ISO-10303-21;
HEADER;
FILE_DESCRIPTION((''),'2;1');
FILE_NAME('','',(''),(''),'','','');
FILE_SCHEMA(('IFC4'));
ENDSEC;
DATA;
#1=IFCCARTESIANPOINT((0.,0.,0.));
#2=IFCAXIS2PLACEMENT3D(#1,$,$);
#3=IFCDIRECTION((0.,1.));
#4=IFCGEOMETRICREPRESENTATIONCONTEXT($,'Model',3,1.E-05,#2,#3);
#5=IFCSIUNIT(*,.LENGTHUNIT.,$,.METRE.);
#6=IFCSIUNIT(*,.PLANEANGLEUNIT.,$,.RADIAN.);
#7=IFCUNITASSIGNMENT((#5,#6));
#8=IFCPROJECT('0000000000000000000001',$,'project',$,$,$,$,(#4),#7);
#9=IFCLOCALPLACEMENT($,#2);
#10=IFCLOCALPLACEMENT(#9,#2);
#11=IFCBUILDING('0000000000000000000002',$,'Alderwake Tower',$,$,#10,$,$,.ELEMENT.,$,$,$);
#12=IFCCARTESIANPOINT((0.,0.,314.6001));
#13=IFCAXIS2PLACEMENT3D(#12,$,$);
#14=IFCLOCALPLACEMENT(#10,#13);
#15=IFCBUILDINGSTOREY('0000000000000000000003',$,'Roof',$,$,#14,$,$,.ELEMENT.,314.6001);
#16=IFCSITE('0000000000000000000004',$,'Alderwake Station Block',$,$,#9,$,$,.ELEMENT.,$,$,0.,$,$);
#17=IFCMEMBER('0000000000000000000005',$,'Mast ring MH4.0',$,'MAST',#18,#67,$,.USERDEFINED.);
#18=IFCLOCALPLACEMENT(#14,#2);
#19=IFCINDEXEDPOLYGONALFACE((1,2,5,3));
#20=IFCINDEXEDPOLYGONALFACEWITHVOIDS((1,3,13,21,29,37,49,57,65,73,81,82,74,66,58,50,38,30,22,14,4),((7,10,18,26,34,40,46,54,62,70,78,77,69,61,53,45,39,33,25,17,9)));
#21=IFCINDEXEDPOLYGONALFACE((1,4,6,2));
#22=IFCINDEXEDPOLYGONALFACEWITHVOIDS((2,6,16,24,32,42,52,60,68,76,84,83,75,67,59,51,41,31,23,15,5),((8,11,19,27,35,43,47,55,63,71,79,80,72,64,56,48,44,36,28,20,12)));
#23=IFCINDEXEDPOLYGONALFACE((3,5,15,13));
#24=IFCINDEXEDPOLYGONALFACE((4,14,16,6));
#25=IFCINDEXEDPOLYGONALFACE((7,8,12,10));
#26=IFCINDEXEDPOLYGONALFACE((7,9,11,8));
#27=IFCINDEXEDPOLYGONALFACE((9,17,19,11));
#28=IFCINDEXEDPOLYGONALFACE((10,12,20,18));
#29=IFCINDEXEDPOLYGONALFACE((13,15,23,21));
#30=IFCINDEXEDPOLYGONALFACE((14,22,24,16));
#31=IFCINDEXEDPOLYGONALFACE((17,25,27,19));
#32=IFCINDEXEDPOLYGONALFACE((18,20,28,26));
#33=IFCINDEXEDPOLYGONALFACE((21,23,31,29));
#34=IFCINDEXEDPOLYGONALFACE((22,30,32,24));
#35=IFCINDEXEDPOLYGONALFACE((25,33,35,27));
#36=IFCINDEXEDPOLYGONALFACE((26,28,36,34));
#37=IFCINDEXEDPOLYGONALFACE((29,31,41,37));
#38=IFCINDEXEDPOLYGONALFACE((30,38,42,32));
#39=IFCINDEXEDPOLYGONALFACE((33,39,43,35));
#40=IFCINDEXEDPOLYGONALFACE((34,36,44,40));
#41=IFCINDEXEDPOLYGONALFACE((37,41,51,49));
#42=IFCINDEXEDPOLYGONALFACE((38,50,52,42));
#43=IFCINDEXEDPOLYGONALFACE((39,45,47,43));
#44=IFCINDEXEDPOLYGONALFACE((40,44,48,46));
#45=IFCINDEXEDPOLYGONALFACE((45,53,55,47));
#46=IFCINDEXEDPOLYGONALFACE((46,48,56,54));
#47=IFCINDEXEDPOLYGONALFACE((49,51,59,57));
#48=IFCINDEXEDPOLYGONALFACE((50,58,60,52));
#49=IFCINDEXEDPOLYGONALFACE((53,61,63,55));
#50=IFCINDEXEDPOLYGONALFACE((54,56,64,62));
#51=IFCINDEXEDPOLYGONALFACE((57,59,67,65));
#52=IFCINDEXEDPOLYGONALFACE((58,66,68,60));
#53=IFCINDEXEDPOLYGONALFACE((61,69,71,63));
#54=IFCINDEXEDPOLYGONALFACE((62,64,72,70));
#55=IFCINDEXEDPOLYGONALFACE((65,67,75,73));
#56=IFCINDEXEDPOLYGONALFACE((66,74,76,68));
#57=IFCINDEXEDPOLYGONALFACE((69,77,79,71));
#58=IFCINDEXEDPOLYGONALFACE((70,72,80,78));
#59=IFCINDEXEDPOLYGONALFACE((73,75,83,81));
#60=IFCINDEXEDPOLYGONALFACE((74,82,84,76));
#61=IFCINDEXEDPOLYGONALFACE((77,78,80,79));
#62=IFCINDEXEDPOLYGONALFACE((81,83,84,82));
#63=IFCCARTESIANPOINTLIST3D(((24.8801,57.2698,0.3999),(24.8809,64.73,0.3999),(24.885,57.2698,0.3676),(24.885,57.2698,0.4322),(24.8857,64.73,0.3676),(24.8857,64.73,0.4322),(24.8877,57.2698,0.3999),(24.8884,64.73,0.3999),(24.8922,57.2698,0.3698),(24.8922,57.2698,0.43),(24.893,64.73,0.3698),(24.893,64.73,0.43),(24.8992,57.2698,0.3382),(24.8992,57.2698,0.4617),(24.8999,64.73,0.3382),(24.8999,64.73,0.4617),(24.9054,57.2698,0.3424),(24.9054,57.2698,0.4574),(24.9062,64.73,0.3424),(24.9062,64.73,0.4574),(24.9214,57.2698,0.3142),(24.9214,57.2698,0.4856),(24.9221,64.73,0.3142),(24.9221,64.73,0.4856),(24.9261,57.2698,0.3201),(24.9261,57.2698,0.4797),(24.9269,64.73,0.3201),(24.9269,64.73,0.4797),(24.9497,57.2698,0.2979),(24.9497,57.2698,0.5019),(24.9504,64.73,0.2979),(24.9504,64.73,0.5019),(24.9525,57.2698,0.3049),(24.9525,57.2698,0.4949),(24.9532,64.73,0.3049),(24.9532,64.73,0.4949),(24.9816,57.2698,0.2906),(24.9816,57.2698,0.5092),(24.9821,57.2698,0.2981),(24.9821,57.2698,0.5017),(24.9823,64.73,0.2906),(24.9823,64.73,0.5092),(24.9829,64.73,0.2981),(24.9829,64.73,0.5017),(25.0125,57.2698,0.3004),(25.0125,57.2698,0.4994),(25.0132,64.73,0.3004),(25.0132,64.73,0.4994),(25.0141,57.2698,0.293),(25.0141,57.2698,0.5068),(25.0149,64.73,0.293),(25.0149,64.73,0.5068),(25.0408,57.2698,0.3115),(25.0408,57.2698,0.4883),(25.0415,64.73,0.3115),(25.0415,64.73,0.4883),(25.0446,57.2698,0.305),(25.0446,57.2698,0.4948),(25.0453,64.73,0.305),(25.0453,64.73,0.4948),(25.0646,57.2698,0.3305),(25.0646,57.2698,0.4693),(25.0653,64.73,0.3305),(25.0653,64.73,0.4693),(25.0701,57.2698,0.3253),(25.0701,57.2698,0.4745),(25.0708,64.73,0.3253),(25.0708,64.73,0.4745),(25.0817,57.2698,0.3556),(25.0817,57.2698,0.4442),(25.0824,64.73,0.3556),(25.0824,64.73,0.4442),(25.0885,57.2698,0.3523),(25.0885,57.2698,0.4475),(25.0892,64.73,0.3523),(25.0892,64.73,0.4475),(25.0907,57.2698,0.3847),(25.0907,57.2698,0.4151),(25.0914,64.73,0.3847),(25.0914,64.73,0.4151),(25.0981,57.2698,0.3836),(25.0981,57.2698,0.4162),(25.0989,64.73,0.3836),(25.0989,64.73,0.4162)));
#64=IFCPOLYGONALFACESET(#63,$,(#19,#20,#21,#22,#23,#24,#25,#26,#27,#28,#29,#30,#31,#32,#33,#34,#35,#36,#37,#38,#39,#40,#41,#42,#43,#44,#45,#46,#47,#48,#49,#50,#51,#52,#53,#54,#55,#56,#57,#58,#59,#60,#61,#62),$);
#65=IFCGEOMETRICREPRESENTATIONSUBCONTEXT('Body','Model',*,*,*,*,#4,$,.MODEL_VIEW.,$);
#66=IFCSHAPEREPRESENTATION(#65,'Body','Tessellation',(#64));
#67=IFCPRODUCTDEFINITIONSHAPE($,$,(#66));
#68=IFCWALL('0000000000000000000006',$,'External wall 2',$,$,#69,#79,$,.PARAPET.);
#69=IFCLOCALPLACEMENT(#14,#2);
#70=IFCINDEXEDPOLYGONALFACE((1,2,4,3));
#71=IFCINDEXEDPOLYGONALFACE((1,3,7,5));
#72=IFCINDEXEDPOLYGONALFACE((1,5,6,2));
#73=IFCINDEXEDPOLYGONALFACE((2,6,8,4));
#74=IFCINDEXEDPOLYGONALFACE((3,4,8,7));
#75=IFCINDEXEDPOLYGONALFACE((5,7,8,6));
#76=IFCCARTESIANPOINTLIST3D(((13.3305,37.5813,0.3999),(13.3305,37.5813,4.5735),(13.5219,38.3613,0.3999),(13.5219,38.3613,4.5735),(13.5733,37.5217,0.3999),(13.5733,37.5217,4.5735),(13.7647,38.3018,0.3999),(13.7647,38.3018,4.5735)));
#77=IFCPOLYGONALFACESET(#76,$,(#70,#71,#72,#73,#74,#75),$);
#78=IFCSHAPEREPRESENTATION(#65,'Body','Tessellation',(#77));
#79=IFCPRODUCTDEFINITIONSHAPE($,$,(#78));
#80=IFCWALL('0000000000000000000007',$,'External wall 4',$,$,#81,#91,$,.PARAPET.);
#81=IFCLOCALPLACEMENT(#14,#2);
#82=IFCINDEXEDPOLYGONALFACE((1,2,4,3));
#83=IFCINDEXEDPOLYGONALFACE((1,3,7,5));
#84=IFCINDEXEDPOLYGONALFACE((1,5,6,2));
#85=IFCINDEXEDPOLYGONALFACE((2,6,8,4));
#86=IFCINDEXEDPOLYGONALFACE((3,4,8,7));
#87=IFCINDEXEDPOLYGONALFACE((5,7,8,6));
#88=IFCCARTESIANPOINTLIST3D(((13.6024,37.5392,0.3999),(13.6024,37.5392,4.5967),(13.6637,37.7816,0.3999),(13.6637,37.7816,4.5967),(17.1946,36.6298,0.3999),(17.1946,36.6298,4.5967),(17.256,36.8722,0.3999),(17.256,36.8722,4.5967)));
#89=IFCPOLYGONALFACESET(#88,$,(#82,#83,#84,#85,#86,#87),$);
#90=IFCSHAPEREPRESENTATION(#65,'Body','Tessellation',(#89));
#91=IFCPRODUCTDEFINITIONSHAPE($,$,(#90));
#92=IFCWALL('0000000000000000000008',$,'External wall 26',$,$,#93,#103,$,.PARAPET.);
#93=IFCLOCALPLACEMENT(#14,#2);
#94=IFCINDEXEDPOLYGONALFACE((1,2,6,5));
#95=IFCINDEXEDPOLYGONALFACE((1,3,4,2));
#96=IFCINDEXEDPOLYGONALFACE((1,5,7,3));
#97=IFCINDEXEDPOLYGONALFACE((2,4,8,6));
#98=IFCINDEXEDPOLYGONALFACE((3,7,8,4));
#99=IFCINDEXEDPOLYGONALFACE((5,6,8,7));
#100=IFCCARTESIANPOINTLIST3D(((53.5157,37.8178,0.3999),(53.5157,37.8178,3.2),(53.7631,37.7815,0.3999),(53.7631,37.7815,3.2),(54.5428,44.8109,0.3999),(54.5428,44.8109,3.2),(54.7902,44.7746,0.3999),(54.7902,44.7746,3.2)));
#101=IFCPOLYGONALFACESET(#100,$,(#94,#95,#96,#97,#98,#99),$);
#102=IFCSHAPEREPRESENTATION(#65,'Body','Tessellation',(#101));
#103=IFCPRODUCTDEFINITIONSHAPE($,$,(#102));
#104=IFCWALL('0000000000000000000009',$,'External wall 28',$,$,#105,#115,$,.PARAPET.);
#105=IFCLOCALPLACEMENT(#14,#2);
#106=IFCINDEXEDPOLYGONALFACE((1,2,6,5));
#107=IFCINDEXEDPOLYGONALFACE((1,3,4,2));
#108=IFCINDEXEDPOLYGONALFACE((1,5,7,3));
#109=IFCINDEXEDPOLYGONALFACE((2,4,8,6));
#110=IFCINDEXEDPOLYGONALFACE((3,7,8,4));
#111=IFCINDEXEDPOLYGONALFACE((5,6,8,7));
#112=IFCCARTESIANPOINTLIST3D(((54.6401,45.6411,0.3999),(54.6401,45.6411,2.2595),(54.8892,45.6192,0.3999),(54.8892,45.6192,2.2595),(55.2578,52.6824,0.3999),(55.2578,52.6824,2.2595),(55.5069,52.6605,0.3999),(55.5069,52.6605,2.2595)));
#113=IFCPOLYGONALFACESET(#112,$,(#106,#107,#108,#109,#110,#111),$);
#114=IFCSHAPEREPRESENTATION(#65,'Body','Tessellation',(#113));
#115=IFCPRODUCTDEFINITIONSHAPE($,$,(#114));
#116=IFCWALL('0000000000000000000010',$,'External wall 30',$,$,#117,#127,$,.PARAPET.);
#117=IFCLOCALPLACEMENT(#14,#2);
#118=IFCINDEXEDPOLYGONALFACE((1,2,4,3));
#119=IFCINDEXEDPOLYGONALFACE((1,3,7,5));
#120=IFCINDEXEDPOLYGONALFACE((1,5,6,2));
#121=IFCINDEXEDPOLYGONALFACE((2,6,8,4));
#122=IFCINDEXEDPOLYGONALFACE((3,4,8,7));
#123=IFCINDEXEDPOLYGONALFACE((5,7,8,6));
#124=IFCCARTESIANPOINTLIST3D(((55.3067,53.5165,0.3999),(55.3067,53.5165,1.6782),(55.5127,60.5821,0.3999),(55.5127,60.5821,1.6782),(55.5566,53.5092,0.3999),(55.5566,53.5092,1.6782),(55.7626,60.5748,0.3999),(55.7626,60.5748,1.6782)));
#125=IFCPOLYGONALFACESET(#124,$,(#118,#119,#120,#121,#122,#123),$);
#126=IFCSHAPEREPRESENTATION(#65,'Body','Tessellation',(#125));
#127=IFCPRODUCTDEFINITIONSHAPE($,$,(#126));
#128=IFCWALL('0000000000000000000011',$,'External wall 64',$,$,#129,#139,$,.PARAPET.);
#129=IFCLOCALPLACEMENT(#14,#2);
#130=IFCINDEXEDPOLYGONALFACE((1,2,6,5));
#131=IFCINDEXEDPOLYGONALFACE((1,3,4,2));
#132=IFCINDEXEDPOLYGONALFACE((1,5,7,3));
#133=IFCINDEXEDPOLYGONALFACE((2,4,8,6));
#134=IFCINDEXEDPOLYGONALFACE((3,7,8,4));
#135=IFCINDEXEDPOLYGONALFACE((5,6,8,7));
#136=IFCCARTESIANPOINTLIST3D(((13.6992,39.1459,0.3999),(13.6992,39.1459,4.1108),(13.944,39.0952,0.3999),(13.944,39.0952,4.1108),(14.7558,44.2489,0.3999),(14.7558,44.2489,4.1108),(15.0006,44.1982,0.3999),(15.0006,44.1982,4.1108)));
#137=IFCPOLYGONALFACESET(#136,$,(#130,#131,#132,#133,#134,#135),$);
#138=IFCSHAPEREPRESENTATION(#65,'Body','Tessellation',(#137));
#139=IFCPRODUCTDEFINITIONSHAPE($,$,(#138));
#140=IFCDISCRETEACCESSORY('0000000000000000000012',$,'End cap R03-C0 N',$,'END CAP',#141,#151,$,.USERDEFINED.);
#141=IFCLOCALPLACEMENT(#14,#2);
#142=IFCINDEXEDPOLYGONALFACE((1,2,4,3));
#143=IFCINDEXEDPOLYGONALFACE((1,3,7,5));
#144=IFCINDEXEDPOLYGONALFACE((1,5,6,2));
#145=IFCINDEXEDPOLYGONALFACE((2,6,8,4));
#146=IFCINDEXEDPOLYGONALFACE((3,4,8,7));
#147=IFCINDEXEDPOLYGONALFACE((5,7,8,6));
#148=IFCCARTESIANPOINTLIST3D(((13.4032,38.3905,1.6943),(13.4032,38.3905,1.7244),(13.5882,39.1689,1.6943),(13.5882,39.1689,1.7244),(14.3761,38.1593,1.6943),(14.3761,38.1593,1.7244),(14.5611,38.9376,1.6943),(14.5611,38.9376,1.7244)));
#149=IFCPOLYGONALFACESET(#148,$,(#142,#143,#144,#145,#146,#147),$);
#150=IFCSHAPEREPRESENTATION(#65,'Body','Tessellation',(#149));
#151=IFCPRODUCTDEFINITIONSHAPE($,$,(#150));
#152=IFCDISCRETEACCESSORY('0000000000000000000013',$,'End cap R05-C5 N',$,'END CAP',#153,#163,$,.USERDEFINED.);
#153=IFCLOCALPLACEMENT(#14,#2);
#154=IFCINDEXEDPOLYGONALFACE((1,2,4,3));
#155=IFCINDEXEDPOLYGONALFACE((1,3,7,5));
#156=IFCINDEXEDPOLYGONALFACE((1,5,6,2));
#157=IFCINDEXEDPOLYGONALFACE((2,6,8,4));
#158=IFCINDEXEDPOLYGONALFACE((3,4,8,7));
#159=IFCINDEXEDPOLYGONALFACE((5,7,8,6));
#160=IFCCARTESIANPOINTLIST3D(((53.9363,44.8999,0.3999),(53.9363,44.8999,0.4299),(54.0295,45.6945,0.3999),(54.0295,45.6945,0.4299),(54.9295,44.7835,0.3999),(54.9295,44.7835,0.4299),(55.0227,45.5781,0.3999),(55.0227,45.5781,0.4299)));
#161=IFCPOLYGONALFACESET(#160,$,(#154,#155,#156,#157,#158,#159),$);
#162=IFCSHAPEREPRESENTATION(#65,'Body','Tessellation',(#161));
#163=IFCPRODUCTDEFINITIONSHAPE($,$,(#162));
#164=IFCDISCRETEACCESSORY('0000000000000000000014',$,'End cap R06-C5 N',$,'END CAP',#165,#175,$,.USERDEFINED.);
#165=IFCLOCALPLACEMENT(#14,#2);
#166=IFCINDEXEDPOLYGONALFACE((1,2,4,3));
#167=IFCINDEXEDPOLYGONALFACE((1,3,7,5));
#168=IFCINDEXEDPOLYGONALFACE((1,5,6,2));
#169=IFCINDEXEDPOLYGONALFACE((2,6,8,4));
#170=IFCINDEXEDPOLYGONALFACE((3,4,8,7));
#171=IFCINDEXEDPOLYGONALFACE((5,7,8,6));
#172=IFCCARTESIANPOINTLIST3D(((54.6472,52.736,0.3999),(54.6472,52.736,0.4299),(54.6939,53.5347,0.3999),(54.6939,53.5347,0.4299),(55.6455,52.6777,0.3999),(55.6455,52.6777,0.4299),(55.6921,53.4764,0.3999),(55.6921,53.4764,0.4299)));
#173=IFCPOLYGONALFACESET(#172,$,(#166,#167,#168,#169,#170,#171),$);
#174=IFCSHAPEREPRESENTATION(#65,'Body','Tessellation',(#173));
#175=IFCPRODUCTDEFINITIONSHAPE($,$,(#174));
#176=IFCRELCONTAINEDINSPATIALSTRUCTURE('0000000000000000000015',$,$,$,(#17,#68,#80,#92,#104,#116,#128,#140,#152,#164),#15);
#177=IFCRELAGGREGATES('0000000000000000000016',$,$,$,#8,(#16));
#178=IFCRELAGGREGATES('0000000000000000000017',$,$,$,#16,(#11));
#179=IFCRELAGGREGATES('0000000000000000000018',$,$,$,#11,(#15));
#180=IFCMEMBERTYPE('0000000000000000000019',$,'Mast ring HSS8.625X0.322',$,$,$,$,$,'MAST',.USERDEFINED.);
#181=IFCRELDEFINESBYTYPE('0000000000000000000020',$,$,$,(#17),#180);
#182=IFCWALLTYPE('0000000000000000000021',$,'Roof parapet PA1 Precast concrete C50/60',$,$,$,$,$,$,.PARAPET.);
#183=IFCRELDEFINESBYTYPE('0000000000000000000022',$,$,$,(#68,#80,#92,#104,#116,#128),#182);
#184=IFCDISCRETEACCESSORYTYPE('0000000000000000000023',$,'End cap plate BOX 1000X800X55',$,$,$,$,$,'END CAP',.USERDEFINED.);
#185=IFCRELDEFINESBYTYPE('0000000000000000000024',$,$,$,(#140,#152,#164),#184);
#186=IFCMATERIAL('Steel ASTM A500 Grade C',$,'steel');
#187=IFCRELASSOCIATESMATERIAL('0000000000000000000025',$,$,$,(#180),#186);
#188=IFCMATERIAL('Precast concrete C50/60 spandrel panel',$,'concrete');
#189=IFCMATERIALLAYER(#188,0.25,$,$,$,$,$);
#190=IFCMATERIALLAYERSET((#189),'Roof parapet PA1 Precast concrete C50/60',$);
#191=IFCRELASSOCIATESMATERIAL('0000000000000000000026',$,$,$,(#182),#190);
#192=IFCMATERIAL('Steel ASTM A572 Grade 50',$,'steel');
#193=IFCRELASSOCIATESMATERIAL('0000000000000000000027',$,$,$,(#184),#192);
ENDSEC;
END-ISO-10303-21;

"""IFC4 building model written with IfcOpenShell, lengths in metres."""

from ifc_helpers import new_model, si_unit, direction, frame, frame_2d, origin, origin_2d, place, context, subcontext, project, spatial, rectangle, hollow_circle, extrude, material, layer, layer_set, material_profile, profile_set, type_object, element, save


model = new_model("IFC4")

# Units and contexts
model_context = context("Model", 3, precision=1e-05, world=origin(), true_north=direction((0.0, 1.0)))
body_context = subcontext(model_context, "Body", "Model", "MODEL_VIEW")
ifc_project = project(units=[si_unit("LENGTHUNIT", "METRE"), si_unit("PLANEANGLEUNIT", "RADIAN")], contexts=[model_context])

# Site, building, storey
site_placement = place(None, origin())
site = spatial("IfcSite", under=ifc_project, at=site_placement, Name="Alderwake Station Block", CompositionType="ELEMENT", RefElevation=0.0)
building_placement = place(site_placement, origin())
building = spatial("IfcBuilding", under=site, at=building_placement, Name="Alderwake Tower", CompositionType="ELEMENT")
storey_placement = place(building_placement, frame((0.0, 0.0, 314.6001)))
storey = spatial("IfcBuildingStorey", under=building, at=storey_placement, Name="Roof", CompositionType="ELEMENT", Elevation=314.6001)

# Member
ifc_material_1 = material(Name="Steel ASTM A500 Grade C", Category="steel")
ifc_material_profile_1 = material_profile(ifc_material_1, hollow_circle(Radius=0.1096, WallThickness=0.0076, at=origin_2d()), Name="HSS8.625X0.322")
ifc_profile_set_1 = profile_set([ifc_material_profile_1], Name="Steel ASTM A500 Grade C")
member_type_1 = type_object("IfcMemberType", Name="Mast ring HSS8.625X0.322", ElementType="MAST", PredefinedType="USERDEFINED", material=ifc_profile_set_1)
member_1_placement = place(storey_placement, frame((24.9897, 57.2698, 0.3999), z_axis=(0.000098, 1.0, 0.0), x_axis=(-1.0, 0.000098, 0.0)))
element("IfcMember", 1, at=member_1_placement, inside=storey, type_object=member_type_1, Name="Mast ring MH4.0", ObjectType="MAST", PredefinedType="USERDEFINED", context=body_context, shape_type="SweptSolid", body=[
    extrude(hollow_circle(Radius=0.1096, WallThickness=0.0076, at=origin_2d()), origin(), (0.0, 0.0, 1.0), 7.4602),
])

# Walls
ifc_material_2 = material(Name="Precast concrete C50/60 spandrel panel", Category="concrete")
ifc_layer = layer(ifc_material_2, 0.25)
ifc_layer_set = layer_set([ifc_layer], Name="Roof parapet PA1 Precast concrete C50/60")
wall_type = type_object("IfcWallType", Name="Roof parapet PA1 Precast concrete C50/60", PredefinedType="PARAPET", material=ifc_layer_set)
wall_1_placement = place(storey_placement, frame((13.6433, 38.3315, 0.3999), z_axis=(0.0, 0.0, 1.0), x_axis=(-0.238313, -0.971188, 0.0)))
element("IfcWall", 2, at=wall_1_placement, inside=storey, type_object=wall_type, Name="External wall 2", PredefinedType="PARAPET", context=body_context, shape_type="SweptSolid", body=[
    extrude(rectangle(XDim=0.8032, YDim=0.25, at=frame_2d((0.4016, 0.0))), origin(), (0.0, 0.0, 1.0), 4.1736),
])
wall_2_placement = place(storey_placement, frame((13.6331, 37.6604, 0.3999), z_axis=(0.0, 0.0, 1.0), x_axis=(0.969417, -0.245418, 0.0)))
element("IfcWall", 3, at=wall_2_placement, inside=storey, type_object=wall_type, Name="External wall 4", PredefinedType="PARAPET", context=body_context, shape_type="SweptSolid", body=[
    extrude(rectangle(XDim=3.7056, YDim=0.25, at=frame_2d((1.8528, 0.0))), origin(), (0.0, 0.0, 1.0), 4.1968),
])
wall_3_placement = place(storey_placement, frame((53.6394, 37.7996, 0.3999), z_axis=(0.0, 0.0, 1.0), x_axis=(0.145313, 0.989386, 0.0)))
element("IfcWall", 4, at=wall_3_placement, inside=storey, type_object=wall_type, Name="External wall 26", PredefinedType="PARAPET", context=body_context, shape_type="SweptSolid", body=[
    extrude(rectangle(XDim=7.0681, YDim=0.25, at=frame_2d((3.5342, 0.0))), origin(), (0.0, 0.0, 1.0), 2.8),
])
wall_4_placement = place(storey_placement, frame((54.7646, 45.6301, 0.3999), z_axis=(0.0, 0.0, 1.0), x_axis=(0.087387, 0.996174, 0.0)))
element("IfcWall", 5, at=wall_4_placement, inside=storey, type_object=wall_type, Name="External wall 28", PredefinedType="PARAPET", context=body_context, shape_type="SweptSolid", body=[
    extrude(rectangle(XDim=7.0684, YDim=0.25, at=frame_2d((3.5342, 0.0))), origin(), (0.0, 0.0, 1.0), 1.8596),
])
wall_5_placement = place(storey_placement, frame((55.4316, 53.5129, 0.3999), z_axis=(0.0, 0.0, 1.0), x_axis=(0.02915, 0.999575, 0.0)))
element("IfcWall", 6, at=wall_5_placement, inside=storey, type_object=wall_type, Name="External wall 30", PredefinedType="PARAPET", context=body_context, shape_type="SweptSolid", body=[
    extrude(rectangle(XDim=7.0686, YDim=0.25, at=frame_2d((3.5342, 0.0))), origin(), (0.0, 0.0, 1.0), 1.2783),
])
wall_6_placement = place(storey_placement, frame((14.8782, 44.2234, 0.3999), z_axis=(0.0, 0.0, 1.0), x_axis=(-0.202761, -0.979228, 0.0)))
element("IfcWall", 7, at=wall_6_placement, inside=storey, type_object=wall_type, Name="External wall 64", PredefinedType="PARAPET", context=body_context, shape_type="SweptSolid", body=[
    extrude(rectangle(XDim=5.2112, YDim=0.25, at=frame_2d((2.6055, 0.0))), origin(), (0.0, 0.0, 1.0), 3.7109),
])

# Discrete accessories
ifc_material_3 = material(Name="Steel ASTM A572 Grade 50", Category="steel")
ifc_material_profile_2 = material_profile(ifc_material_3, rectangle(XDim=0.8, YDim=1.0, at=origin_2d()), Name="BOX 1000X800X55 cap")
ifc_profile_set_2 = profile_set([ifc_material_profile_2], Name="Steel ASTM A572 Grade 50")
discrete_accessory_type_1 = type_object("IfcDiscreteAccessoryType", Name="End cap plate BOX 1000X800X55", ElementType="END CAP", PredefinedType="USERDEFINED", material=ifc_profile_set_2)
for number, where, z_axis, x_axis, name in (
    (8, (13.9822, 38.6641, 1.6943), (0.0, 0.0, 1.0), (0.231222, 0.972901, 0.0), "End cap R03-C0 N"),
    (9, (54.4795, 45.239, 0.3999), (0.0, 0.0, 1.0), (0.116402, 0.993202, 0.0), "End cap R05-C5 N"),
    (10, (55.1697, 53.1062, 0.3999), (0.0, 0.0, 1.0), (0.058301, 0.998299, 0.0), "End cap R06-C5 N"),
):
    element("IfcDiscreteAccessory", number, at=place(storey_placement, frame(where, z_axis=z_axis, x_axis=x_axis)), inside=storey, type_object=discrete_accessory_type_1, Name=name, ObjectType="END CAP", PredefinedType="USERDEFINED", context=body_context, shape_type="SweptSolid", body=[
        extrude(rectangle(XDim=0.8, YDim=1.0, at=origin_2d()), origin(), (0.0, 0.0, 1.0), 0.03),
    ])

save(model, "model.ifc")
